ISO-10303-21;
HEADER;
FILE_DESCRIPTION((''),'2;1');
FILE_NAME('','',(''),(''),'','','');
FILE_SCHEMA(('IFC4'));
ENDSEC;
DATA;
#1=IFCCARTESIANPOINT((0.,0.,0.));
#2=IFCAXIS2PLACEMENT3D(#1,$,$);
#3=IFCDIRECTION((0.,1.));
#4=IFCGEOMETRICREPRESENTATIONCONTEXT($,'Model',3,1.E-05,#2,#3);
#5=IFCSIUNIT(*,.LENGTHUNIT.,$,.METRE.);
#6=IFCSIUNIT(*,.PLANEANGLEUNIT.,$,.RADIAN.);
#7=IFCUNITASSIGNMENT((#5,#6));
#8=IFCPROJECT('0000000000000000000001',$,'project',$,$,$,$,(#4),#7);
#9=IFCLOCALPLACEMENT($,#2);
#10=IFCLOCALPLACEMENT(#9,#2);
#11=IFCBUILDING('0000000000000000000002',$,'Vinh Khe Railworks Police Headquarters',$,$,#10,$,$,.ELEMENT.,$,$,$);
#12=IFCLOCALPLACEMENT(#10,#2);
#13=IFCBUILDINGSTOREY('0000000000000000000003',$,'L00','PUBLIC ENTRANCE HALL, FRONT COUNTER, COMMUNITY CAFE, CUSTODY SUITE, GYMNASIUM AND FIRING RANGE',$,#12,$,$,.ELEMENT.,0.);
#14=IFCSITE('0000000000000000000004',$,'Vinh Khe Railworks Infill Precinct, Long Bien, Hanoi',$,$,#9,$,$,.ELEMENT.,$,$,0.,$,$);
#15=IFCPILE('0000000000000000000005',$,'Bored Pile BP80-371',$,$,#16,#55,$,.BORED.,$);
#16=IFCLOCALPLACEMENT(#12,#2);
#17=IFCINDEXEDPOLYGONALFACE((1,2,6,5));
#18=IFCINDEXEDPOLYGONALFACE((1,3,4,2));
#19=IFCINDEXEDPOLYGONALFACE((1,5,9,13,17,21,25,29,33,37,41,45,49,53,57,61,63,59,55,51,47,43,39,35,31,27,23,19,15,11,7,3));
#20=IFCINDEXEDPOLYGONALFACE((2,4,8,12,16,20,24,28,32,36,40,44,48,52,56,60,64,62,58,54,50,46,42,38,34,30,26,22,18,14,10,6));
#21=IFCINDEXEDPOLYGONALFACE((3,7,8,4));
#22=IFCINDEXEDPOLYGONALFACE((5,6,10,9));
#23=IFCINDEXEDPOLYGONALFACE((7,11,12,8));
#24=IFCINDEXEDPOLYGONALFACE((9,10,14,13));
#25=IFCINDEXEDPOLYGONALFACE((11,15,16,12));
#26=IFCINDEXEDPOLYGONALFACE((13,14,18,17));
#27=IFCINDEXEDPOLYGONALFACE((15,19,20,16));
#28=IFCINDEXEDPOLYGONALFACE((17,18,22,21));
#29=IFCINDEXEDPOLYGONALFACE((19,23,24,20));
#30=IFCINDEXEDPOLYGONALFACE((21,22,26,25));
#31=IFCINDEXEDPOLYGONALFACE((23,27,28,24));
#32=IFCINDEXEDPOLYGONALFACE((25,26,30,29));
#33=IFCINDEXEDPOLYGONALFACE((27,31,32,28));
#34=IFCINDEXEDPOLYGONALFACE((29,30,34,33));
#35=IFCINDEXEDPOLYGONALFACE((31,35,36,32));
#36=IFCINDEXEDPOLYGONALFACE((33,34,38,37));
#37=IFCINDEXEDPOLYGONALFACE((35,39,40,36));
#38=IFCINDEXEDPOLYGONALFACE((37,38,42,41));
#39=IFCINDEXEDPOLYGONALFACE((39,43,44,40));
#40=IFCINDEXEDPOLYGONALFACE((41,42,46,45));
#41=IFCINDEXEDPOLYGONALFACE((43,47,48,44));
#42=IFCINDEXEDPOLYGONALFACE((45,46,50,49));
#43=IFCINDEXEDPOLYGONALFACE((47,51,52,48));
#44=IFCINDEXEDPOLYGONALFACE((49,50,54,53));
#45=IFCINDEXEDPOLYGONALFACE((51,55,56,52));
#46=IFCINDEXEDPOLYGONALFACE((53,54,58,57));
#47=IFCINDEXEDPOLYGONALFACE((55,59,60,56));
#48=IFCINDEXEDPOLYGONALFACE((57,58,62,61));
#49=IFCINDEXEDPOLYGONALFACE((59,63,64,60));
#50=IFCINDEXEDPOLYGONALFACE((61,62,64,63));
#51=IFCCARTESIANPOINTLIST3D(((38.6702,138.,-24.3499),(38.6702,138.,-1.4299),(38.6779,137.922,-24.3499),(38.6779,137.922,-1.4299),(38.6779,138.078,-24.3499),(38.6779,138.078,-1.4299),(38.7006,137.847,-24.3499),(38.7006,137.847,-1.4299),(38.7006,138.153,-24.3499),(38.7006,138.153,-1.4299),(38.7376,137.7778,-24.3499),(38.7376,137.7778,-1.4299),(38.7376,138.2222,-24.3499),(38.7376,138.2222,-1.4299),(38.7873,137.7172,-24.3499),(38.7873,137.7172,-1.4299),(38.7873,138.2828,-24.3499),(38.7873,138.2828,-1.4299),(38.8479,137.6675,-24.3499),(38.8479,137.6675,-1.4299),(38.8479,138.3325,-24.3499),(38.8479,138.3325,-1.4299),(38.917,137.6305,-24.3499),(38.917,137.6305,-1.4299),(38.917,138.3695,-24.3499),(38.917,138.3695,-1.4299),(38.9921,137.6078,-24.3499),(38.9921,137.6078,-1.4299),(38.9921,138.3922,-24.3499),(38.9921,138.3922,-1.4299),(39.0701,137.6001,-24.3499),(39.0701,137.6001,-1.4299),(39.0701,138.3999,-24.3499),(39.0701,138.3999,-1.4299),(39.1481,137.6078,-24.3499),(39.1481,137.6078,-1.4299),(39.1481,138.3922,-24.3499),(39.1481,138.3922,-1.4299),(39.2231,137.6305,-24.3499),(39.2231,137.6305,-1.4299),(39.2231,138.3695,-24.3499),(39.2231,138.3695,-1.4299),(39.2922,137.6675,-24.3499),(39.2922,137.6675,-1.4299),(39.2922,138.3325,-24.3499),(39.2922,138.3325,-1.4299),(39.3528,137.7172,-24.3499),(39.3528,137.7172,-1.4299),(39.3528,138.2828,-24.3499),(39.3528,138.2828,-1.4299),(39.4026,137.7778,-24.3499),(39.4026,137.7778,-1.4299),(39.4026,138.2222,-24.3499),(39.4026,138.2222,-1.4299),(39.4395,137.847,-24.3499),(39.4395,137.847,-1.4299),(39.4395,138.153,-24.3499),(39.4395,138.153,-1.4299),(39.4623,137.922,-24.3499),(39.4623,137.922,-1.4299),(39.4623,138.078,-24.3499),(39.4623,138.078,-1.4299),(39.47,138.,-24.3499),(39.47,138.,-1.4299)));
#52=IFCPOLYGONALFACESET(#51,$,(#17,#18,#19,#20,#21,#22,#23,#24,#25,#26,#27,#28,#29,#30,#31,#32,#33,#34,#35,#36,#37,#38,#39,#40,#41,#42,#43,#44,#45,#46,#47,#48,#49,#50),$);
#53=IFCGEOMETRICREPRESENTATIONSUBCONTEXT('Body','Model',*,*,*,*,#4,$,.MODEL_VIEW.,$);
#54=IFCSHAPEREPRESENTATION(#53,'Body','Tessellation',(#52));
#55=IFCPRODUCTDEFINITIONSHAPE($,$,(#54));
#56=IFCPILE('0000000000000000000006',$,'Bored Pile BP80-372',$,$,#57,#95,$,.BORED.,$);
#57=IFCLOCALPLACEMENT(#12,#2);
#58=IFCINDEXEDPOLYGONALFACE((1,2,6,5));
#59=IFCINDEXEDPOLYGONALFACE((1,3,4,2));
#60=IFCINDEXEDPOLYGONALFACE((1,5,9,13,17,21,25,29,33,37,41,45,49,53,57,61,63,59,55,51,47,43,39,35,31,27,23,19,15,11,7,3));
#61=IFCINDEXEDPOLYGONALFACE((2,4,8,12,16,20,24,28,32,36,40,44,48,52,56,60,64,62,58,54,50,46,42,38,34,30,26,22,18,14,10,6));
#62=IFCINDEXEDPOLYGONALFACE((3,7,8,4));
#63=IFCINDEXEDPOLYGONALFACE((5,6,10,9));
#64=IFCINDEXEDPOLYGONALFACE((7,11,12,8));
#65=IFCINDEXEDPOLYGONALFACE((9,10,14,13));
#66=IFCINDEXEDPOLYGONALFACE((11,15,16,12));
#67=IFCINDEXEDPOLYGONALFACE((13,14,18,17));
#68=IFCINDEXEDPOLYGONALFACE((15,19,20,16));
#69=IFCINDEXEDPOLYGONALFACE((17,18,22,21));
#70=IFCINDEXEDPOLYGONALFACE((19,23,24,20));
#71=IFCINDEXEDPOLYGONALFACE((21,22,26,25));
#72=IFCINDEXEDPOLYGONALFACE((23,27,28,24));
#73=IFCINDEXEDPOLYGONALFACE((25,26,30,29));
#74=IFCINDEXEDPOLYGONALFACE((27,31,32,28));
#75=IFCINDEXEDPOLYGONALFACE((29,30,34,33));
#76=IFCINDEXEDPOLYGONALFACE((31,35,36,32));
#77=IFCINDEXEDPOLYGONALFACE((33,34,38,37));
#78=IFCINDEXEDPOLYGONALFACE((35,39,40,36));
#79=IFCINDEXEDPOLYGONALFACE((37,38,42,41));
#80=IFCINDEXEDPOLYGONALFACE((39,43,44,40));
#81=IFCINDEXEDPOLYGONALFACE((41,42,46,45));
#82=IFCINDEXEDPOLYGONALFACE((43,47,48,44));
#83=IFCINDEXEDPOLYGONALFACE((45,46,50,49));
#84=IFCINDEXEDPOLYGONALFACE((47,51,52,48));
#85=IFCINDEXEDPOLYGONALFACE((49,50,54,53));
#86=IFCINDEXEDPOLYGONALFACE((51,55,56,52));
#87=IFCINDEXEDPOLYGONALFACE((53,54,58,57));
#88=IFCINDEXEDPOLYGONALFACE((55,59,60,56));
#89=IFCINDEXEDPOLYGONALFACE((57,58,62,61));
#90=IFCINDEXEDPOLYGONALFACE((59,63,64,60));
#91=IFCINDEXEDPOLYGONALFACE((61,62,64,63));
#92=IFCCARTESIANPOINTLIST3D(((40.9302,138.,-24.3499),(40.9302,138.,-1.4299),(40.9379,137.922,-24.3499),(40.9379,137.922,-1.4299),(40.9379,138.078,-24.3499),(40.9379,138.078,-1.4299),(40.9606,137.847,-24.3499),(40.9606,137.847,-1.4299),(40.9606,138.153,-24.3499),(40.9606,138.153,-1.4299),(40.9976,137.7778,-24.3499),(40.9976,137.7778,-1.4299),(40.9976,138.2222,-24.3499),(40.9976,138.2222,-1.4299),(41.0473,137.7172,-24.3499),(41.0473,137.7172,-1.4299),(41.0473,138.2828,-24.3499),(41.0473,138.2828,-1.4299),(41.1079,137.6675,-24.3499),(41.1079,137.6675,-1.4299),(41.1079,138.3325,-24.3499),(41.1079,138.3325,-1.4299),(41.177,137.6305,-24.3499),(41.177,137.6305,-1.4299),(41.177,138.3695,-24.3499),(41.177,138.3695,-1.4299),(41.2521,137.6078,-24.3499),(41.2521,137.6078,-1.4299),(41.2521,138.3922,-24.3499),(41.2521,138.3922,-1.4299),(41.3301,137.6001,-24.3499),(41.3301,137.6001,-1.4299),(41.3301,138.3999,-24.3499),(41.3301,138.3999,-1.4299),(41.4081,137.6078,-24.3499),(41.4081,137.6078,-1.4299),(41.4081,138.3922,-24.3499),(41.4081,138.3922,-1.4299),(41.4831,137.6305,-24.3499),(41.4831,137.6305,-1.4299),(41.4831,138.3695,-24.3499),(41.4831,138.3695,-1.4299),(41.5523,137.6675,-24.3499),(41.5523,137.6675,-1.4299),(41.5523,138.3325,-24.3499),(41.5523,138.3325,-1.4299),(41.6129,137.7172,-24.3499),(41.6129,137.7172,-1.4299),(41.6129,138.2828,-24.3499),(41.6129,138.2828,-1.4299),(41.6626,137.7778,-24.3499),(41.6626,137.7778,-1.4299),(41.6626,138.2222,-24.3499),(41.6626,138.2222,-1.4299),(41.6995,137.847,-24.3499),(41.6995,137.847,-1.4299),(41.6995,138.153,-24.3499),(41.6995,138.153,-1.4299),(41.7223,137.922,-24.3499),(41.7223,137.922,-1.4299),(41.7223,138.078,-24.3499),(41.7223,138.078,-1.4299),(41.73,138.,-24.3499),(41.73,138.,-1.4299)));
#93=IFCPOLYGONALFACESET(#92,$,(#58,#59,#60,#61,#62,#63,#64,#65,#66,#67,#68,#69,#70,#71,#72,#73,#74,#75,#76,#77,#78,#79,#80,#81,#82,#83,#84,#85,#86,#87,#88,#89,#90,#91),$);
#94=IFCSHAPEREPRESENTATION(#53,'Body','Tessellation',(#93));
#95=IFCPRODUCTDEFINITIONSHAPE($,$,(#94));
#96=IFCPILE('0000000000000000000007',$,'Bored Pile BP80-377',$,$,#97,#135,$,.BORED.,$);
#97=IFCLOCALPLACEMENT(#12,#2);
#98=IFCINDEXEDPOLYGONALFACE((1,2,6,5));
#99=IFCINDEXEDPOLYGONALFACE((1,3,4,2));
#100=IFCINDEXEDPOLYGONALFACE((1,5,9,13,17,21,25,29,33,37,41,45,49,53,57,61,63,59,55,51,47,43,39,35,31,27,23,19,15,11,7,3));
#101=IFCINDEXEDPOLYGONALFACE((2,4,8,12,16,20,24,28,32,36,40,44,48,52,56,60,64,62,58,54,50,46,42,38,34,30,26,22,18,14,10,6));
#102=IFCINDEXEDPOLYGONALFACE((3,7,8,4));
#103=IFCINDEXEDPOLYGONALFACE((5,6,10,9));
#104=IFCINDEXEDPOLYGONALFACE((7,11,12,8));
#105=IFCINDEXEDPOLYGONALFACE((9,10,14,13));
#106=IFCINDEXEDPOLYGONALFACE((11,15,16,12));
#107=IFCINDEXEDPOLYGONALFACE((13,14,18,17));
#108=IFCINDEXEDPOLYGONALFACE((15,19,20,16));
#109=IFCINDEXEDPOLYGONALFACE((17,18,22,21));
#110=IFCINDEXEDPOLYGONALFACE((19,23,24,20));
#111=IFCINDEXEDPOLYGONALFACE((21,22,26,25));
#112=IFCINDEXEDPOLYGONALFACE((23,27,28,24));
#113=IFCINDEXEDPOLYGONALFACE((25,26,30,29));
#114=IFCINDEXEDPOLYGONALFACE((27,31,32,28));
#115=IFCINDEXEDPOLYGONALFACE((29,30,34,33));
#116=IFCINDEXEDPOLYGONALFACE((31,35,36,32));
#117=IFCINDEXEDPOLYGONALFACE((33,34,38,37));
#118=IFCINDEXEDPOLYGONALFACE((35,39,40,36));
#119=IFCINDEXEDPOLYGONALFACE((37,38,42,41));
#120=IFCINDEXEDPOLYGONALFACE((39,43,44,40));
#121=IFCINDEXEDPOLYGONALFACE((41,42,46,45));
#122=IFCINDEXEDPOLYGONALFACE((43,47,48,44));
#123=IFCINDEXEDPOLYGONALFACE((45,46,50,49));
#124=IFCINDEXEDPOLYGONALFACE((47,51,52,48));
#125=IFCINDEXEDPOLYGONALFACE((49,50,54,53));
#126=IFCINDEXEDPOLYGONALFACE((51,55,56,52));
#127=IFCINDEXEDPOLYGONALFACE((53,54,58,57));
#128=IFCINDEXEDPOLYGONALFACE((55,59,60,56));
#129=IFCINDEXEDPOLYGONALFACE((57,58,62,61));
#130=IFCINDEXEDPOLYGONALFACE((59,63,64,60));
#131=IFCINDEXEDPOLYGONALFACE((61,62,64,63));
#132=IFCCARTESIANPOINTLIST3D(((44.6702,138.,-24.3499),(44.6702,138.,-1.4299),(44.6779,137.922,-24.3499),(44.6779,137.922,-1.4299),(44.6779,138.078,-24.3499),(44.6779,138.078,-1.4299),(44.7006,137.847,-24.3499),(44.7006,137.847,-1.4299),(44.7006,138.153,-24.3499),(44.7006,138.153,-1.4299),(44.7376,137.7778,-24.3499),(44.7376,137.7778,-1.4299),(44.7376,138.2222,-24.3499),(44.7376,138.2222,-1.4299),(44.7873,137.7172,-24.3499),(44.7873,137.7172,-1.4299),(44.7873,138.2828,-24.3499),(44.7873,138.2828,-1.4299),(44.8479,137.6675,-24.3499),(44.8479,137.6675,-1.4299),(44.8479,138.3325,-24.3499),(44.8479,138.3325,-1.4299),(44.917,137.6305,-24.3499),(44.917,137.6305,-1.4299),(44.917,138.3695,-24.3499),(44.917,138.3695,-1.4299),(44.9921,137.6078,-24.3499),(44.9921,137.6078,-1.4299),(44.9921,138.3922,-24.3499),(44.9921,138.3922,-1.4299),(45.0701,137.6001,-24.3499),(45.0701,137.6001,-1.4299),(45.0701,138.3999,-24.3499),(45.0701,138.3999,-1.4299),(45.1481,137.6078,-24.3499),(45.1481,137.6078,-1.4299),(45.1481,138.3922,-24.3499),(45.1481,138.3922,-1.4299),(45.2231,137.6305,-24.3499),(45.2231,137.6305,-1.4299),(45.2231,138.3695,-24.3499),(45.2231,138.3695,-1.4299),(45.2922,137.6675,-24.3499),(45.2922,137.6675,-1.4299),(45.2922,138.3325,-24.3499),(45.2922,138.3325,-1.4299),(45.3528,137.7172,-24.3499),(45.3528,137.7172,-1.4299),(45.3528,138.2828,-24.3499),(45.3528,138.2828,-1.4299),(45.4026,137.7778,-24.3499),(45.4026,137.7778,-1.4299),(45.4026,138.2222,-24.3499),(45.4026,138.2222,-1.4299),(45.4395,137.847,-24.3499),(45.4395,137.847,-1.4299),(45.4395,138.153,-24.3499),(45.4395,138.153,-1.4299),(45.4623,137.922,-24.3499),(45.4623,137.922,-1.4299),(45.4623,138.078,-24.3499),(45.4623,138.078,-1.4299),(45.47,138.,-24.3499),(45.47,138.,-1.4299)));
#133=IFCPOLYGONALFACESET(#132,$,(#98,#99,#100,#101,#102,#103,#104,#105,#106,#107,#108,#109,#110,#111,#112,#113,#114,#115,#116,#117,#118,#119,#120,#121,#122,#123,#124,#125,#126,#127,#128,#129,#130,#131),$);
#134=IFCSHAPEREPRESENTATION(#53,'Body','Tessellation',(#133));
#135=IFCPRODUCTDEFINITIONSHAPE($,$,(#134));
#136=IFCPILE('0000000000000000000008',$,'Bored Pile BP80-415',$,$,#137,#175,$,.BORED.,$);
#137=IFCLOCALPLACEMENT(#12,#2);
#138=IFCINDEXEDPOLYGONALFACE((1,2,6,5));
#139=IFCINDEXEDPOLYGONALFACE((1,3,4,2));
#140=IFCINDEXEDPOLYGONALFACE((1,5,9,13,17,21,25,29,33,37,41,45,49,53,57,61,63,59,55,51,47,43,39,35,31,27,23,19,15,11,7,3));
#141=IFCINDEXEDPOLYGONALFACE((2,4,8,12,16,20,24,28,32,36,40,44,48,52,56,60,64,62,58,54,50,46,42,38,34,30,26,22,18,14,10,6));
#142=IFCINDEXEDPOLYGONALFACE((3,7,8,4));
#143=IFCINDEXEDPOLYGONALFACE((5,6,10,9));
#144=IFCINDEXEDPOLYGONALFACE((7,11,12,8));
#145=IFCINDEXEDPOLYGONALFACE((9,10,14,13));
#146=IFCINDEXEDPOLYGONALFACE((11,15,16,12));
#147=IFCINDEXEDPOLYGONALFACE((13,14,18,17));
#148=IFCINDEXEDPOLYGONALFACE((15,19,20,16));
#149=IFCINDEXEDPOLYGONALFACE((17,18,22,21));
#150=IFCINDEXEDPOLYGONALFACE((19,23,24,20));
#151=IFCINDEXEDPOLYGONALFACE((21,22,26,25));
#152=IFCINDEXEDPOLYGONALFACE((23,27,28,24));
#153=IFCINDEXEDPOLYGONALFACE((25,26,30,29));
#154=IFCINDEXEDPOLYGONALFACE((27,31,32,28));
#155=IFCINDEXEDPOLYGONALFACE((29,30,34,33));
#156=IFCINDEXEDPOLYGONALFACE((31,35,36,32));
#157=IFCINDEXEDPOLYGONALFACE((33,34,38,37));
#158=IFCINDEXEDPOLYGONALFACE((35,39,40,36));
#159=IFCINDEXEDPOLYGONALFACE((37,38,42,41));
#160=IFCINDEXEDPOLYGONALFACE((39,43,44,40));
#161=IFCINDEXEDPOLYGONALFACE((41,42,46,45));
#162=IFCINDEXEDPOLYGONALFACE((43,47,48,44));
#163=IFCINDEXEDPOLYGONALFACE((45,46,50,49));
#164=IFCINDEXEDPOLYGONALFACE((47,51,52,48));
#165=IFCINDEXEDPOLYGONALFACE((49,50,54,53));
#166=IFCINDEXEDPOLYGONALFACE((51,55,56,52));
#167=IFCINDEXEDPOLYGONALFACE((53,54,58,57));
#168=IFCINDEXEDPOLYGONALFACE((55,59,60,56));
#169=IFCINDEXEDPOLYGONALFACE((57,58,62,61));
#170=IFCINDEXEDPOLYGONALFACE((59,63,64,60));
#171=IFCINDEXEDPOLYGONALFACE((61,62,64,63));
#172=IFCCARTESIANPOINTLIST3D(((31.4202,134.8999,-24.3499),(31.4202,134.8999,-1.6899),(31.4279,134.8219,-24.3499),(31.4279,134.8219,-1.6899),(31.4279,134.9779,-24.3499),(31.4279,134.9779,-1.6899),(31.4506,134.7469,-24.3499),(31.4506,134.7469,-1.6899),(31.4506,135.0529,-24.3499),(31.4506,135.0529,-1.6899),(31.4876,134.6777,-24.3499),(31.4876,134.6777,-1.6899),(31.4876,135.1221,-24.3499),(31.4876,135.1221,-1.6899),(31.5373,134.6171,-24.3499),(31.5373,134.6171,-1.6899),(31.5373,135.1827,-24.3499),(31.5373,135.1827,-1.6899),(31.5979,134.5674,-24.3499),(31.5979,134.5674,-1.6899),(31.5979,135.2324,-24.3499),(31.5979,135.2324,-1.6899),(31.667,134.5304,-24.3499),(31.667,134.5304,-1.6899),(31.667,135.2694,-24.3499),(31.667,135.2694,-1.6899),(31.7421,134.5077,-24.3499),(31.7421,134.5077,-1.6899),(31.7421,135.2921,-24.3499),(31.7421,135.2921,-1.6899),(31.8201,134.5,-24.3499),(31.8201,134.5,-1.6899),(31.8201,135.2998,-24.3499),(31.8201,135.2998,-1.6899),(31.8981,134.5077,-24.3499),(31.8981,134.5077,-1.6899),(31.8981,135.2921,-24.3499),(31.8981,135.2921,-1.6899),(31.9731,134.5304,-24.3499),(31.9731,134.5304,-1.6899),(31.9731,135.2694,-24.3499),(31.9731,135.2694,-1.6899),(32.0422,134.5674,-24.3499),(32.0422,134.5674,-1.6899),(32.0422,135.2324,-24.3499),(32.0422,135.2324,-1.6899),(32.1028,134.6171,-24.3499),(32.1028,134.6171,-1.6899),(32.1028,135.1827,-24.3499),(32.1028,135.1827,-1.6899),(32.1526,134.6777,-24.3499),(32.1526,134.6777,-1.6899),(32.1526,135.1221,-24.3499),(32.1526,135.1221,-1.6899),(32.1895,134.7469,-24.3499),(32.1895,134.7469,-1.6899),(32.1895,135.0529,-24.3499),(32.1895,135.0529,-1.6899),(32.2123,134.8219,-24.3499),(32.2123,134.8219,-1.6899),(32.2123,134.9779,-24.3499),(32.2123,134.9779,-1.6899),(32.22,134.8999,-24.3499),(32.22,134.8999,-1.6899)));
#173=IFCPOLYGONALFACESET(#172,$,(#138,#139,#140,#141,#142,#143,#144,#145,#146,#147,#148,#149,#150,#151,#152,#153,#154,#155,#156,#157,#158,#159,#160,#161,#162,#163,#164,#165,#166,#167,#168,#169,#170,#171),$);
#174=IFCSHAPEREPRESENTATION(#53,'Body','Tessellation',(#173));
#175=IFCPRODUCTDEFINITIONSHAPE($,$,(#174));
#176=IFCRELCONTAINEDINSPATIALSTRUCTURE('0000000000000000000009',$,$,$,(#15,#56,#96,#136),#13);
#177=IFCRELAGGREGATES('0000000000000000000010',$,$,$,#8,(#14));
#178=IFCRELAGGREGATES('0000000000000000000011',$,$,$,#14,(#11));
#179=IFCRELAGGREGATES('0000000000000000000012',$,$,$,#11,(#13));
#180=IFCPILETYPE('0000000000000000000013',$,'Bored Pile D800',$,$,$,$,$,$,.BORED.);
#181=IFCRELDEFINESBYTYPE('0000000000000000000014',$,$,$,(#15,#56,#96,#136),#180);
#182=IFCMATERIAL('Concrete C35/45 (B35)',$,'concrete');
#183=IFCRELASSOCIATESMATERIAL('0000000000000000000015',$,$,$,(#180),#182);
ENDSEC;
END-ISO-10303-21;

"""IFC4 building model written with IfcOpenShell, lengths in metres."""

from ifc_helpers import new_model, si_unit, direction, frame, origin, origin_2d, place, context, subcontext, project, spatial, circle, extrude, material, material_profile, profile_set, type_object, element, save


model = new_model("IFC4")

# Units and contexts
model_context = context("Model", 3, precision=1e-05, world=origin(), true_north=direction((0.0, 1.0)))
body_context = subcontext(model_context, "Body", "Model", "MODEL_VIEW")
ifc_project = project(units=[si_unit("LENGTHUNIT", "METRE"), si_unit("PLANEANGLEUNIT", "RADIAN")], contexts=[model_context])

# Site, building, storey
site_placement = place(None, origin())
site = spatial("IfcSite", under=ifc_project, at=site_placement, Name="Vinh Khe Railworks Infill Precinct, Long Bien, Hanoi", CompositionType="ELEMENT", RefElevation=0.0)
building_placement = place(site_placement, origin())
building = spatial("IfcBuilding", under=site, at=building_placement, Name="Vinh Khe Railworks Police Headquarters", CompositionType="ELEMENT")
storey_placement = place(building_placement, origin())
storey = spatial("IfcBuildingStorey", under=building, at=storey_placement, Name="L00", Description="PUBLIC ENTRANCE HALL, FRONT COUNTER, COMMUNITY CAFE, CUSTODY SUITE, GYMNASIUM AND FIRING RANGE", CompositionType="ELEMENT", Elevation=0.0)

# Piles
ifc_material_1 = material(Name="Concrete C35/45 (B35)", Category="concrete")
ifc_material_profile_1 = material_profile(ifc_material_1, circle(Radius=0.3999, at=origin_2d()), Name="BORED PILE D800")
ifc_profile_set_1 = profile_set([ifc_material_profile_1], Name="Concrete C35/45 (B35)")
pile_type = type_object("IfcPileType", Name="Bored Pile D800", PredefinedType="BORED", material=ifc_profile_set_1)
for number, where, z_axis, x_axis, name in (
    (1, (39.0701, 138.0, -1.4299), (0.0, 0.0, -1.0), (1.0, 0.0, 0.0), "Bored Pile BP80-371"),
    (2, (41.3301, 138.0, -1.4299), (0.0, 0.0, -1.0), (1.0, 0.0, 0.0), "Bored Pile BP80-372"),
    (3, (45.0701, 138.0, -1.4299), (0.0, 0.0, -1.0), (1.0, 0.0, 0.0), "Bored Pile BP80-377"),
):
    element("IfcPile", number, at=place(storey_placement, frame(where, z_axis=z_axis, x_axis=x_axis)), inside=storey, type_object=pile_type, Name=name, PredefinedType="BORED", context=body_context, shape_type="SweptSolid", body=[
        extrude(circle(Radius=0.3999, at=origin_2d()), origin(), (0.0, 0.0, 1.0), 22.9199),
    ])
for number, where, z_axis, x_axis, name in (
    (4, (31.8201, 134.8999, -1.6899), (0.0, 0.0, -1.0), (1.0, 0.0, 0.0), "Bored Pile BP80-415"),
):
    element("IfcPile", number, at=place(storey_placement, frame(where, z_axis=z_axis, x_axis=x_axis)), inside=storey, type_object=pile_type, Name=name, PredefinedType="BORED", context=body_context, shape_type="SweptSolid", body=[
        extrude(circle(Radius=0.3999, at=origin_2d()), origin(), (0.0, 0.0, 1.0), 22.6599),
    ])

save(model, "model.ifc")
